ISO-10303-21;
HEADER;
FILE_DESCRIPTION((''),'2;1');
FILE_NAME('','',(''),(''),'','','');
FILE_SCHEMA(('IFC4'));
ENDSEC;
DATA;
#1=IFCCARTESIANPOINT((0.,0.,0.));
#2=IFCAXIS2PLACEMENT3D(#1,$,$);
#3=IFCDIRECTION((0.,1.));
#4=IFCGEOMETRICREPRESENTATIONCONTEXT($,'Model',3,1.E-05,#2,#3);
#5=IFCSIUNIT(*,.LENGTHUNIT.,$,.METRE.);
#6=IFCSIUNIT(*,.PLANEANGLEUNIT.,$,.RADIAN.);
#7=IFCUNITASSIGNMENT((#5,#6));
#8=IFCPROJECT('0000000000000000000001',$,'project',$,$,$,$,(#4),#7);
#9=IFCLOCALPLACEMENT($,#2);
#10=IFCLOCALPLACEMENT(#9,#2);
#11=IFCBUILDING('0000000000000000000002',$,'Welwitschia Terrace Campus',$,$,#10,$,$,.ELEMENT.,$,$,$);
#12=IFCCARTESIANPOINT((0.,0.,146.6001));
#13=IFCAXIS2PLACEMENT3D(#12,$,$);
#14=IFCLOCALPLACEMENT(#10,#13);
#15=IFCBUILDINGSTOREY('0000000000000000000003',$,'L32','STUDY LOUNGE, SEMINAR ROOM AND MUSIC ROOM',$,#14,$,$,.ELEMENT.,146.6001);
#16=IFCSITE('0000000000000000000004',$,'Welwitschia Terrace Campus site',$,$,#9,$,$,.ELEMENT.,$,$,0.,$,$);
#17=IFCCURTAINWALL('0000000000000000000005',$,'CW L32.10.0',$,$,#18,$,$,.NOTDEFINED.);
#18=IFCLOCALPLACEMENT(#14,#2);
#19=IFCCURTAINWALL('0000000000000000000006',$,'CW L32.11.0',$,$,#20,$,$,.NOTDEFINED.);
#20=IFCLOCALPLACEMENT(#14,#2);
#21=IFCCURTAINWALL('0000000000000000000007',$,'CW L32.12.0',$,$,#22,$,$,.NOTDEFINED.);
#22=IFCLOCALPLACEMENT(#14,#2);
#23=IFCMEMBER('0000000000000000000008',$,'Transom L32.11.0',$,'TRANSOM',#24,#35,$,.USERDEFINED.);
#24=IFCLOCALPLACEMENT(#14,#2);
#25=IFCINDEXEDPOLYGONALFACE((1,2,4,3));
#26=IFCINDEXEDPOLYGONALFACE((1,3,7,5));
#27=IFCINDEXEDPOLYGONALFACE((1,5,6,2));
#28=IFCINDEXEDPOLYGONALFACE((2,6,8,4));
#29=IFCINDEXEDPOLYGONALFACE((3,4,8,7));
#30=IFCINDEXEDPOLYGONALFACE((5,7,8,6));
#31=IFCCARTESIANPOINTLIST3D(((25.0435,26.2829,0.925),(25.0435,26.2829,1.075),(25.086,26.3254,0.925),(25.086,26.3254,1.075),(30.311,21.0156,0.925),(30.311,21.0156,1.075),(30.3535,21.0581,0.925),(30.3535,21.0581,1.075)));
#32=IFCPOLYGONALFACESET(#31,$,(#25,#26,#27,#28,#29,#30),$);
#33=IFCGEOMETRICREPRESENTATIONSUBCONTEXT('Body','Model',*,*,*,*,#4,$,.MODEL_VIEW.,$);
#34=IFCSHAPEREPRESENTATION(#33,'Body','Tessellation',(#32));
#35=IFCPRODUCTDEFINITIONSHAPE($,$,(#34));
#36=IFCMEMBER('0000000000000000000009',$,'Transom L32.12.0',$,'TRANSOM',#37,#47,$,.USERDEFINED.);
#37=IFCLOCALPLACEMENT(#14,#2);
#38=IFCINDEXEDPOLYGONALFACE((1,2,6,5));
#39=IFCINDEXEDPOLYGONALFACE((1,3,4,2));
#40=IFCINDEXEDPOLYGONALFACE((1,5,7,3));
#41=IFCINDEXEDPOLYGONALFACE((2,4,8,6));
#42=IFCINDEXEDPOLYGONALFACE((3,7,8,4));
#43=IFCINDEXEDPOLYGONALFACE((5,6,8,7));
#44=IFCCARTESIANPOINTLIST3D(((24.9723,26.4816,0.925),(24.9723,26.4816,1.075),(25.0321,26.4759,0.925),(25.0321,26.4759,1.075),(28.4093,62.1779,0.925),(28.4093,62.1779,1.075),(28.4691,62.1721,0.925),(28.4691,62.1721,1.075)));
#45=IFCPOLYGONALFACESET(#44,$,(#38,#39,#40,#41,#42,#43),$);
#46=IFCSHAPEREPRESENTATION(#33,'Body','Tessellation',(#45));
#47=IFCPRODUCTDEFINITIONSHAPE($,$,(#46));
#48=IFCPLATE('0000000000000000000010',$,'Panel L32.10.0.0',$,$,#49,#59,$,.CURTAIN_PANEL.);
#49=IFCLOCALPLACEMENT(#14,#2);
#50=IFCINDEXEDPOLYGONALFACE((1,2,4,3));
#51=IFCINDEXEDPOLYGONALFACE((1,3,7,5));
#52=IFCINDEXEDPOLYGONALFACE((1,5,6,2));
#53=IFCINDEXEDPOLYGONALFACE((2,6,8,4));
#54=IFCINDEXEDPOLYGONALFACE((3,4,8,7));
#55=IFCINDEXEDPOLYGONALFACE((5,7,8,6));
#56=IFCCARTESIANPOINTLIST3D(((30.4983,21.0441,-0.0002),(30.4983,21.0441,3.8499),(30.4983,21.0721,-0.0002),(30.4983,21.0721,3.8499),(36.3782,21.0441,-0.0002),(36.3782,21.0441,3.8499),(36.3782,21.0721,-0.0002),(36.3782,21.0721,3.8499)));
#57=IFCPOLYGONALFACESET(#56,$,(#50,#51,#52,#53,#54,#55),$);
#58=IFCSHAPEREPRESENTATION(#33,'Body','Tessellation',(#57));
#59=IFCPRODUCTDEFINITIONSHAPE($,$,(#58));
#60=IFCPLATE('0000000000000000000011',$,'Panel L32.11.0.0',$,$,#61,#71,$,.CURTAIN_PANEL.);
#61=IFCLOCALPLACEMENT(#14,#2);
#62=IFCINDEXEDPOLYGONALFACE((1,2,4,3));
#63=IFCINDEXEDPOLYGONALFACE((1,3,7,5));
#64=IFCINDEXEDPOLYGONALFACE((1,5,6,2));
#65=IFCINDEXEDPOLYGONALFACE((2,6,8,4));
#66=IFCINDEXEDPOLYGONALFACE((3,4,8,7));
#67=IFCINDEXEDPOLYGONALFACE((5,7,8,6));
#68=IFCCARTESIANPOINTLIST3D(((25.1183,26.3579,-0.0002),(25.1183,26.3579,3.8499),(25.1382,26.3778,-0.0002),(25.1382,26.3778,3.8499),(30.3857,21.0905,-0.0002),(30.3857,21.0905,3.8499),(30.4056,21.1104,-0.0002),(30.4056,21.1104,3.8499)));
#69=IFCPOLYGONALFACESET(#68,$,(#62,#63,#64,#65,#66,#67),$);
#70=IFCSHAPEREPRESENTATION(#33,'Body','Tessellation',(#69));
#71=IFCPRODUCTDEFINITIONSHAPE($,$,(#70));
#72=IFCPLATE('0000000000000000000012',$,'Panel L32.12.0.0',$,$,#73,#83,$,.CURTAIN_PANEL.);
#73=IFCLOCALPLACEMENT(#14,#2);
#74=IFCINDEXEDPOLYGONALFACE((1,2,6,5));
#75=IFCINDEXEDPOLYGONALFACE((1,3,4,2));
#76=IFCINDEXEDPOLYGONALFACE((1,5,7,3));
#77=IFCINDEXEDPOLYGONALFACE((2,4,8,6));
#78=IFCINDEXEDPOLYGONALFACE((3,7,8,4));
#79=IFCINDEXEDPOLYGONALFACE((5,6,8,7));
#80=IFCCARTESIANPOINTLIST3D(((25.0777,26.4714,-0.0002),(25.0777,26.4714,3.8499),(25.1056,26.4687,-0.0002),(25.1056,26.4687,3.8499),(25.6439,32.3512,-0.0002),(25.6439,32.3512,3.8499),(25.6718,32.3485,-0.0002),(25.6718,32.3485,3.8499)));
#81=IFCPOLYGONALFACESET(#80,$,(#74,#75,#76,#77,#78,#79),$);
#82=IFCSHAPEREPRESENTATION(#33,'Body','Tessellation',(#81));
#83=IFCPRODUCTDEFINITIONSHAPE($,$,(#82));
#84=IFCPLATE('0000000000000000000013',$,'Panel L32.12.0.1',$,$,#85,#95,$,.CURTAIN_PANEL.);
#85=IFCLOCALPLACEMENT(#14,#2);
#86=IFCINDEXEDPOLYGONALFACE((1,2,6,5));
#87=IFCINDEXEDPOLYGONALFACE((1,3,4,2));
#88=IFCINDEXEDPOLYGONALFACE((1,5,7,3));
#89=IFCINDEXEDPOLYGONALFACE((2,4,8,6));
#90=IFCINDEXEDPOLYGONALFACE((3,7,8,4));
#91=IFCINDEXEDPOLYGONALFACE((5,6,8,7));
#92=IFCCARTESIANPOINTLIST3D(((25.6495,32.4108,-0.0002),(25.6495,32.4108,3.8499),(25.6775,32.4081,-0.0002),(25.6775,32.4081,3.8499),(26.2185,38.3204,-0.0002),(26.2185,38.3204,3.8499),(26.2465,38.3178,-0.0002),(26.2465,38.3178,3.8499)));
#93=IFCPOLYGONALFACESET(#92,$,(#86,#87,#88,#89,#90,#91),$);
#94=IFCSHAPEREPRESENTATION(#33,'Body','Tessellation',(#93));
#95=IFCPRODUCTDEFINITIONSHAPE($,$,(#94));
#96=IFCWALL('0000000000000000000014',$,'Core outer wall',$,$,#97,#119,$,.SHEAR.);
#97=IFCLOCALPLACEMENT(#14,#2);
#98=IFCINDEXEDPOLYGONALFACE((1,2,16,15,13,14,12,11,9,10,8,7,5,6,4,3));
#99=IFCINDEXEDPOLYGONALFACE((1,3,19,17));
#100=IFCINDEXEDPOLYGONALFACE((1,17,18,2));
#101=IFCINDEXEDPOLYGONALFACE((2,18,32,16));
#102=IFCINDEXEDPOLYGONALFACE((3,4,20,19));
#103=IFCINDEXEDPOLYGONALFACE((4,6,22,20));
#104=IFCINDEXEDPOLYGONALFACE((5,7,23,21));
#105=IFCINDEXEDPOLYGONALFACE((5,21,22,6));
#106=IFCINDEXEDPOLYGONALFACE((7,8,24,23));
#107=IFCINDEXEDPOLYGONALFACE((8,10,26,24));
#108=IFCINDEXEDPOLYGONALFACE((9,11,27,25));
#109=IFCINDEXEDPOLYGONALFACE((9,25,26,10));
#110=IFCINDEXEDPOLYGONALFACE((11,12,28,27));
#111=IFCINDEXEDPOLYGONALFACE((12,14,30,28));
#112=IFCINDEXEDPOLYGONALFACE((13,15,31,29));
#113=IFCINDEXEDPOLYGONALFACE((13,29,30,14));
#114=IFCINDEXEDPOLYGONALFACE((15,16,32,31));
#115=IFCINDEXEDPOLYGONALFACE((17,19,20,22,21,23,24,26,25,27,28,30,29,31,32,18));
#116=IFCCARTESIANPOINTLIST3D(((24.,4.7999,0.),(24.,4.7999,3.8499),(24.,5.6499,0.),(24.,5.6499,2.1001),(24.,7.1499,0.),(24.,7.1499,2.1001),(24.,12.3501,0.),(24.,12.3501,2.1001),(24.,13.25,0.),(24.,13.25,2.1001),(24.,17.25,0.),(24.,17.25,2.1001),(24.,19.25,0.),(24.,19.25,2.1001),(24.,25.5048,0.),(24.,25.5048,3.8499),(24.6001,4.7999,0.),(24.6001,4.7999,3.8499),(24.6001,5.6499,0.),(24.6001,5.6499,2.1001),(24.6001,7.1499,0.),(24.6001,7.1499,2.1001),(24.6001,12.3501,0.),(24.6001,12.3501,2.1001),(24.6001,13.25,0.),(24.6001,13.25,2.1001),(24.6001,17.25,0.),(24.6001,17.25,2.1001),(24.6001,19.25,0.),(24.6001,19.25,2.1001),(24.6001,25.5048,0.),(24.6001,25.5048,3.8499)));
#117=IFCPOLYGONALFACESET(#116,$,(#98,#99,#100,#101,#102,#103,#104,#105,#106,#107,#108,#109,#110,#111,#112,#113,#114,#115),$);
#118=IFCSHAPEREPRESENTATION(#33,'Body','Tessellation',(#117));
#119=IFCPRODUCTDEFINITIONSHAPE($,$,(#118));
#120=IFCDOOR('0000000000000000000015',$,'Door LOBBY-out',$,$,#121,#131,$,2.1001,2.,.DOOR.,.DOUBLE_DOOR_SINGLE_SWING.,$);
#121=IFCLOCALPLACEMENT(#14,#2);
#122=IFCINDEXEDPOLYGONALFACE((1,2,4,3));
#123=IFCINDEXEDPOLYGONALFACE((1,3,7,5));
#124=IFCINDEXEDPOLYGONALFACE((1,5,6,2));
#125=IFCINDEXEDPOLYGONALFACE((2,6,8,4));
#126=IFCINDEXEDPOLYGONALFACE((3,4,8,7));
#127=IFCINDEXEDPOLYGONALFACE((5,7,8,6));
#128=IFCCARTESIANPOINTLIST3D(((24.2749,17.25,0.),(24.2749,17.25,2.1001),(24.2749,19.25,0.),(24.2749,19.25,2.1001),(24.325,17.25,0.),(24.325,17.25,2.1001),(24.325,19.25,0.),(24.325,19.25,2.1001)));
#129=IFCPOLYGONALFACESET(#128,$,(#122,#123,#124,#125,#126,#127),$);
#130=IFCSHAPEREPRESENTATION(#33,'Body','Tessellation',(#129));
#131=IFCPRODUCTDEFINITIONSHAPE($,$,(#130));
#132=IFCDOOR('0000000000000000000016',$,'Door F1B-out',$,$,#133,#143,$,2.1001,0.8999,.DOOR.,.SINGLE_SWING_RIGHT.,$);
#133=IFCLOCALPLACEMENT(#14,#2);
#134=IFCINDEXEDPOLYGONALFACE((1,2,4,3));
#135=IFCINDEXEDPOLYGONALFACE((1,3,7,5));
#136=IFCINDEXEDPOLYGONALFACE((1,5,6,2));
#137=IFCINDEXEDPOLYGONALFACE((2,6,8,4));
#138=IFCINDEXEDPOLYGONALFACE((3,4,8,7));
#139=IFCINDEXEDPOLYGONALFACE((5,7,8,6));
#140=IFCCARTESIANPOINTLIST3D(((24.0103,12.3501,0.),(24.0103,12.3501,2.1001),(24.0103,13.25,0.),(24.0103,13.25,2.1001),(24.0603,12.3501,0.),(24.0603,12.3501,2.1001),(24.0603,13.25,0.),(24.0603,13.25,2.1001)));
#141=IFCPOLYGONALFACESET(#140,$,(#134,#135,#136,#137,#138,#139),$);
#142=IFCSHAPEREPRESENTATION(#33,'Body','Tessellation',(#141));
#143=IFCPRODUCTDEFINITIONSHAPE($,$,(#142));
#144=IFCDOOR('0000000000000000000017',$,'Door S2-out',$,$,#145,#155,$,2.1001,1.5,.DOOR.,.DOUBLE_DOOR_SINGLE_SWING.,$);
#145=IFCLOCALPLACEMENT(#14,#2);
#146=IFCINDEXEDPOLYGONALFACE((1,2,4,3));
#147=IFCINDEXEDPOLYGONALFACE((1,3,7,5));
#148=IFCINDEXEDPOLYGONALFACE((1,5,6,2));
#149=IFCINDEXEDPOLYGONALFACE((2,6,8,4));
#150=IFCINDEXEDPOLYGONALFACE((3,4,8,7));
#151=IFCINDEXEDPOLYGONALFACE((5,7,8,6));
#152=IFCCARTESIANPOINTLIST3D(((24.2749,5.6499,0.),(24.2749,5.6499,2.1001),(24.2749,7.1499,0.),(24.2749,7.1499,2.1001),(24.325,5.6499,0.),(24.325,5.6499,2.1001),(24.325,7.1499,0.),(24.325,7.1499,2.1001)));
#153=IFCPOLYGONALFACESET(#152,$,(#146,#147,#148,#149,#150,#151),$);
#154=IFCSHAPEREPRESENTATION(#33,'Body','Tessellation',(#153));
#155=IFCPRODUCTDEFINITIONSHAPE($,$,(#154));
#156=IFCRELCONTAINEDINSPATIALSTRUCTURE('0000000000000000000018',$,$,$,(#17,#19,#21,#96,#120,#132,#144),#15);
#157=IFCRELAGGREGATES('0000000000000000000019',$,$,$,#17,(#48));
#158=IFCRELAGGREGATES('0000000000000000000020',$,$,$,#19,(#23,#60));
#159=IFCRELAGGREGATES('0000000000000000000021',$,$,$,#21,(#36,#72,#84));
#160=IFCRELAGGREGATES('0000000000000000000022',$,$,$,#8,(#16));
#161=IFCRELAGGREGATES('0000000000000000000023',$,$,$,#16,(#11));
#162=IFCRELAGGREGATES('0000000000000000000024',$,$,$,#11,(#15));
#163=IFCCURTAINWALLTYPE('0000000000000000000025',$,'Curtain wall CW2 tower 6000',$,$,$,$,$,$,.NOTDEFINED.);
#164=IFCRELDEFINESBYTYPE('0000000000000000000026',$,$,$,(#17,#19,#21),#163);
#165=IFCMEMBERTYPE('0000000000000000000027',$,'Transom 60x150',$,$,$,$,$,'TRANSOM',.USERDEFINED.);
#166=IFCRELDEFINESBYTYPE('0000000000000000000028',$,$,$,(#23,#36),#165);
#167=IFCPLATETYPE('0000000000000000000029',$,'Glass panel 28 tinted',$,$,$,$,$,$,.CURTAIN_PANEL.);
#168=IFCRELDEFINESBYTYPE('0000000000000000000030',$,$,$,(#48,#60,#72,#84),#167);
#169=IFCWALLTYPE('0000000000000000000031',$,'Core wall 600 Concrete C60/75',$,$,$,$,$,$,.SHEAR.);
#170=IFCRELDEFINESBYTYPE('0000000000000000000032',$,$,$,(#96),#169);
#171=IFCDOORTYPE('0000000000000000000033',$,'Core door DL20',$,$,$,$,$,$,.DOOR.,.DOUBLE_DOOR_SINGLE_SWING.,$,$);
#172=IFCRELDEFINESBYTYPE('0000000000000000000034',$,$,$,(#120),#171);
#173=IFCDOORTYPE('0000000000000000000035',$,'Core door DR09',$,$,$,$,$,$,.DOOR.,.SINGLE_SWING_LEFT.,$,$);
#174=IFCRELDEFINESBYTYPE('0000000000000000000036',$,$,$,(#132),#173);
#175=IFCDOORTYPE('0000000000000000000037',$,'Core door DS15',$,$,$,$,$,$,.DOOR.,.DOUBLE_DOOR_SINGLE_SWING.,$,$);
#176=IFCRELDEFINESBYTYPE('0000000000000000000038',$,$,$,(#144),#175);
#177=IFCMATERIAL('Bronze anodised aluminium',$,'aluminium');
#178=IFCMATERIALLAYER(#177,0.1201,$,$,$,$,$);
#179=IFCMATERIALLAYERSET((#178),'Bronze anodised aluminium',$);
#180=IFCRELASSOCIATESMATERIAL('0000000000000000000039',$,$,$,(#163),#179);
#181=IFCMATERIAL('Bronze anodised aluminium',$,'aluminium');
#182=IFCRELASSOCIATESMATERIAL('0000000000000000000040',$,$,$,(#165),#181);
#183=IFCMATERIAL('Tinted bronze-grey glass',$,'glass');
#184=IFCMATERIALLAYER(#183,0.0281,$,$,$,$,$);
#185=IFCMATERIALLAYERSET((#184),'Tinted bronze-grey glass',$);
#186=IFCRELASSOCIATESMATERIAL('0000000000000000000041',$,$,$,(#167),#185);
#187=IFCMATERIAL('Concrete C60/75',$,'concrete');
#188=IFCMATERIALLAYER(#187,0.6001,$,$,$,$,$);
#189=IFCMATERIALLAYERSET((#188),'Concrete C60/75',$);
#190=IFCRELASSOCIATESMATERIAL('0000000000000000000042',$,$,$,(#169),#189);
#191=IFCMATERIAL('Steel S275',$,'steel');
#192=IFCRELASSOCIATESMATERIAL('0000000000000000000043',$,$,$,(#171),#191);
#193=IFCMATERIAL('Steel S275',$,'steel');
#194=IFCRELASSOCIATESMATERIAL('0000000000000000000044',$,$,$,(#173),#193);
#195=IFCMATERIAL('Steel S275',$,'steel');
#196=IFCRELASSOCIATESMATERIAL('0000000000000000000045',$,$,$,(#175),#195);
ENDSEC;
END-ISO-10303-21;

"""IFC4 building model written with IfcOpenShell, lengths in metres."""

from ifc_helpers import new_model, si_unit, direction, frame, frame_2d, origin, origin_2d, place, context, subcontext, project, spatial, rectangle, extrude, material, layer, layer_set, material_profile, profile_set, type_object, element, fill, aggregate, save


model = new_model("IFC4")

# Units and contexts
model_context = context("Model", 3, precision=1e-05, world=origin(), true_north=direction((0.0, 1.0)))
body_context = subcontext(model_context, "Body", "Model", "MODEL_VIEW")
ifc_project = project(units=[si_unit("LENGTHUNIT", "METRE"), si_unit("PLANEANGLEUNIT", "RADIAN")], contexts=[model_context])

# Site, building, storey
site_placement = place(None, origin())
site = spatial("IfcSite", under=ifc_project, at=site_placement, Name="Welwitschia Terrace Campus site", CompositionType="ELEMENT", RefElevation=0.0)
building_placement = place(site_placement, origin())
building = spatial("IfcBuilding", under=site, at=building_placement, Name="Welwitschia Terrace Campus", CompositionType="ELEMENT")
storey_placement = place(building_placement, frame((0.0, 0.0, 146.6001)))
storey = spatial("IfcBuildingStorey", under=building, at=storey_placement, Name="L32", Description="STUDY LOUNGE, SEMINAR ROOM AND MUSIC ROOM", CompositionType="ELEMENT", Elevation=146.6001)

# Shared definitions
ifc_material_1 = material(Name="Bronze anodised aluminium", Category="aluminium")
ifc_layer_1 = layer(ifc_material_1, 0.1201)
ifc_layer_set_1 = layer_set([ifc_layer_1], Name="Bronze anodised aluminium")
curtain_wall_type = type_object("IfcCurtainWallType", Name="Curtain wall CW2 tower 6000", PredefinedType="NOTDEFINED", material=ifc_layer_set_1)

# Curtain walls
curtain_wall_1_placement = place(storey_placement, origin())
curtain_wall_1 = element("IfcCurtainWall", 1, at=curtain_wall_1_placement, inside=storey, type_object=curtain_wall_type, Name="CW L32.10.0", PredefinedType="NOTDEFINED")
curtain_wall_2_placement = place(storey_placement, origin())
curtain_wall_2 = element("IfcCurtainWall", 2, at=curtain_wall_2_placement, inside=storey, type_object=curtain_wall_type, Name="CW L32.11.0", PredefinedType="NOTDEFINED")
curtain_wall_3_placement = place(storey_placement, origin())
curtain_wall_3 = element("IfcCurtainWall", 3, at=curtain_wall_3_placement, inside=storey, type_object=curtain_wall_type, Name="CW L32.12.0", PredefinedType="NOTDEFINED")

# Members
ifc_material_2 = material(Name="Bronze anodised aluminium", Category="aluminium")
ifc_material_profile_1 = material_profile(ifc_material_2, rectangle(XDim=0.0601, YDim=0.1499, at=origin_2d()))
ifc_profile_set_1 = profile_set([ifc_material_profile_1], Name="Bronze anodised aluminium")
member_type_1 = type_object("IfcMemberType", Name="Transom 60x150", ElementType="TRANSOM", PredefinedType="USERDEFINED", material=ifc_profile_set_1)
member_1_placement = place(storey_placement, frame((30.3323, 21.0369, 1.0), z_axis=(-0.707123, 0.70709, 0.0), x_axis=(-0.70709, -0.707123, 0.0)))
member_1 = element("IfcMember", 4, at=member_1_placement, type_object=member_type_1, Name="Transom L32.11.0", ObjectType="TRANSOM", PredefinedType="USERDEFINED", context=body_context, shape_type="SweptSolid", body=[
    extrude(rectangle(XDim=0.0601, YDim=0.1499, at=origin_2d()), origin(), (0.0, 0.0, 1.0), 7.4492),
])
member_2_placement = place(storey_placement, frame((25.0022, 26.4788, 1.0), z_axis=(0.095842, 0.995397, 0.0), x_axis=(-0.995397, 0.095842, 0.0)))
member_2 = element("IfcMember", 5, at=member_2_placement, type_object=member_type_1, Name="Transom L32.12.0", ObjectType="TRANSOM", PredefinedType="USERDEFINED", context=body_context, shape_type="SweptSolid", body=[
    extrude(rectangle(XDim=0.0601, YDim=0.1499, at=origin_2d()), origin(), (0.0, 0.0, 1.0), 35.8613),
])

# Plates
ifc_material_3 = material(Name="Tinted bronze-grey glass", Category="glass")
ifc_layer_2 = layer(ifc_material_3, 0.0281)
ifc_layer_set_2 = layer_set([ifc_layer_2], Name="Tinted bronze-grey glass")
plate_type = type_object("IfcPlateType", Name="Glass panel 28 tinted", PredefinedType="CURTAIN_PANEL", material=ifc_layer_set_2)
plate_1_placement = place(storey_placement, frame((33.4382, 21.0581, -0.0002), z_axis=(0.0, 0.0, 1.0), x_axis=(-1.0, 0.0, 0.0)))
plate_1 = element("IfcPlate", 6, at=plate_1_placement, type_object=plate_type, Name="Panel L32.10.0.0", PredefinedType="CURTAIN_PANEL", context=body_context, shape_type="SweptSolid", body=[
    extrude(rectangle(XDim=5.8799, YDim=0.0281, at=origin_2d()), origin(), (0.0, 0.0, 1.0), 3.8501),
])
aggregate(curtain_wall_1, [plate_1])
plate_2_placement = place(storey_placement, frame((27.762, 23.7341, -0.0002), z_axis=(0.0, 0.0, 1.0), x_axis=(-0.707107, 0.707107, 0.0)))
plate_2 = element("IfcPlate", 7, at=plate_2_placement, type_object=plate_type, Name="Panel L32.11.0.0", PredefinedType="CURTAIN_PANEL", context=body_context, shape_type="SweptSolid", body=[
    extrude(rectangle(XDim=7.4492, YDim=0.0281, at=origin_2d()), origin(), (0.0, 0.0, 1.0), 3.8501),
])
aggregate(curtain_wall_2, [member_1, plate_2])
plate_3_placement = place(storey_placement, frame((25.3748, 29.4099, -0.0002), z_axis=(0.0, 0.0, 1.0), x_axis=(0.095846, 0.995396, 0.0)))
plate_3 = element("IfcPlate", 8, at=plate_3_placement, type_object=plate_type, Name="Panel L32.12.0.0", PredefinedType="CURTAIN_PANEL", context=body_context, shape_type="SweptSolid", body=[
    extrude(rectangle(XDim=5.907, YDim=0.0281, at=origin_2d()), origin(), (0.0, 0.0, 1.0), 3.8501),
])
plate_4_placement = place(storey_placement, frame((25.948, 35.3643, -0.0002), z_axis=(0.0, 0.0, 1.0), x_axis=(0.095846, 0.995396, 0.0)))
plate_4 = element("IfcPlate", 9, at=plate_4_placement, type_object=plate_type, Name="Panel L32.12.0.1", PredefinedType="CURTAIN_PANEL", context=body_context, shape_type="SweptSolid", body=[
    extrude(rectangle(XDim=5.937, YDim=0.0281, at=origin_2d()), origin(), (0.0, 0.0, 1.0), 3.8501),
])
aggregate(curtain_wall_3, [member_2, plate_3, plate_4])

# Wall, openings, doors
ifc_material_4 = material(Name="Concrete C60/75", Category="concrete")
ifc_layer_3 = layer(ifc_material_4, 0.6001)
ifc_layer_set_3 = layer_set([ifc_layer_3], Name="Concrete C60/75")
wall_type = type_object("IfcWallType", Name="Core wall 600 Concrete C60/75", PredefinedType="SHEAR", material=ifc_layer_set_3)
wall_placement = place(storey_placement, frame((24.3, 25.5049, 0.0), z_axis=(0.0, 0.0, 1.0), x_axis=(0.0, -1.0, 0.0)))
wall = element("IfcWall", 10, at=wall_placement, inside=storey, type_object=wall_type, Name="Core outer wall", PredefinedType="SHEAR", context=body_context, shape_type="SweptSolid", body=[
    extrude(rectangle(XDim=20.7048, YDim=0.6001, at=frame_2d((10.3525, 0.0))), origin(), (0.0, 0.0, 1.0), 3.8499),
])
opening_1_placement = place(wall_placement, frame((18.355, 0.0, 0.0)))
opening_1 = element("IfcOpeningElement", 11, at=opening_1_placement, cuts=wall, PredefinedType="OPENING", context=body_context, shape_type="SweptSolid", body=[
    extrude(rectangle(XDim=1.5, YDim=2.1001, at=frame_2d((0.75, 1.05))), frame((0.0, 0.3101, 0.0), z_axis=(0.0, -1.0, 0.0), x_axis=(1.0, 0.0, 0.0)), (0.0, 0.0, 1.0), 0.6201),
])
opening_2_placement = place(wall_placement, frame((12.2549, 0.0, 0.0)))
opening_2 = element("IfcOpeningElement", 12, at=opening_2_placement, cuts=wall, PredefinedType="OPENING", context=body_context, shape_type="SweptSolid", body=[
    extrude(rectangle(XDim=0.8999, YDim=2.1001, at=frame_2d((0.45, 1.05))), frame((0.0, 0.3101, 0.0), z_axis=(0.0, -1.0, 0.0), x_axis=(1.0, 0.0, 0.0)), (0.0, 0.0, 1.0), 0.6201),
])
opening_3_placement = place(wall_placement, frame((6.2549, 0.0, 0.0)))
opening_3 = element("IfcOpeningElement", 13, at=opening_3_placement, cuts=wall, PredefinedType="OPENING", context=body_context, shape_type="SweptSolid", body=[
    extrude(rectangle(XDim=2.0, YDim=2.1001, at=frame_2d((1.0, 1.05))), frame((0.0, 0.3101, 0.0), z_axis=(0.0, -1.0, 0.0), x_axis=(1.0, 0.0, 0.0)), (0.0, 0.0, 1.0), 0.6201),
])
ifc_material_5 = material(Name="Steel S275", Category="steel")
door_type_1 = type_object("IfcDoorType", Name="Core door DL20", OperationType="DOUBLE_DOOR_SINGLE_SWING", PredefinedType="DOOR", material=ifc_material_5)
door_1_placement = place(opening_3_placement, origin())
door_1 = element("IfcDoor", 14, at=door_1_placement, inside=storey, type_object=door_type_1, Name="Door LOBBY-out", OperationType="DOUBLE_DOOR_SINGLE_SWING", OverallHeight=2.1001, OverallWidth=2.0, PredefinedType="DOOR", context=body_context, shape_type="SweptSolid", body=[
    extrude(rectangle(XDim=2.0, YDim=2.1001, at=frame_2d((1.0, 1.05))), frame((0.0, 0.0249, 0.0), z_axis=(0.0, -1.0, 0.0), x_axis=(1.0, 0.0, 0.0)), (0.0, 0.0, 1.0), 0.05),
])
fill(opening_3, door_1)
ifc_material_6 = material(Name="Steel S275", Category="steel")
door_type_2 = type_object("IfcDoorType", Name="Core door DR09", OperationType="SINGLE_SWING_LEFT", PredefinedType="DOOR", material=ifc_material_6)
door_2_placement = place(opening_2_placement, origin())
door_2 = element("IfcDoor", 15, at=door_2_placement, inside=storey, type_object=door_type_2, Name="Door F1B-out", OperationType="SINGLE_SWING_RIGHT", OverallHeight=2.1001, OverallWidth=0.8999, PredefinedType="DOOR", context=body_context, shape_type="SweptSolid", body=[
    extrude(rectangle(XDim=0.8999, YDim=2.1001, at=frame_2d((0.45, 1.05))), frame((0.0, -0.2397, 0.0), z_axis=(0.0, -1.0, 0.0), x_axis=(1.0, 0.0, 0.0)), (0.0, 0.0, 1.0), 0.05),
])
fill(opening_2, door_2)
ifc_material_7 = material(Name="Steel S275", Category="steel")
door_type_3 = type_object("IfcDoorType", Name="Core door DS15", OperationType="DOUBLE_DOOR_SINGLE_SWING", PredefinedType="DOOR", material=ifc_material_7)
door_3_placement = place(opening_1_placement, origin())
door_3 = element("IfcDoor", 16, at=door_3_placement, inside=storey, type_object=door_type_3, Name="Door S2-out", OperationType="DOUBLE_DOOR_SINGLE_SWING", OverallHeight=2.1001, OverallWidth=1.5, PredefinedType="DOOR", context=body_context, shape_type="SweptSolid", body=[
    extrude(rectangle(XDim=1.5, YDim=2.1001, at=frame_2d((0.75, 1.05))), frame((0.0, 0.0249, 0.0), z_axis=(0.0, -1.0, 0.0), x_axis=(1.0, 0.0, 0.0)), (0.0, 0.0, 1.0), 0.05),
])
fill(opening_1, door_3)

save(model, "model.ifc")
